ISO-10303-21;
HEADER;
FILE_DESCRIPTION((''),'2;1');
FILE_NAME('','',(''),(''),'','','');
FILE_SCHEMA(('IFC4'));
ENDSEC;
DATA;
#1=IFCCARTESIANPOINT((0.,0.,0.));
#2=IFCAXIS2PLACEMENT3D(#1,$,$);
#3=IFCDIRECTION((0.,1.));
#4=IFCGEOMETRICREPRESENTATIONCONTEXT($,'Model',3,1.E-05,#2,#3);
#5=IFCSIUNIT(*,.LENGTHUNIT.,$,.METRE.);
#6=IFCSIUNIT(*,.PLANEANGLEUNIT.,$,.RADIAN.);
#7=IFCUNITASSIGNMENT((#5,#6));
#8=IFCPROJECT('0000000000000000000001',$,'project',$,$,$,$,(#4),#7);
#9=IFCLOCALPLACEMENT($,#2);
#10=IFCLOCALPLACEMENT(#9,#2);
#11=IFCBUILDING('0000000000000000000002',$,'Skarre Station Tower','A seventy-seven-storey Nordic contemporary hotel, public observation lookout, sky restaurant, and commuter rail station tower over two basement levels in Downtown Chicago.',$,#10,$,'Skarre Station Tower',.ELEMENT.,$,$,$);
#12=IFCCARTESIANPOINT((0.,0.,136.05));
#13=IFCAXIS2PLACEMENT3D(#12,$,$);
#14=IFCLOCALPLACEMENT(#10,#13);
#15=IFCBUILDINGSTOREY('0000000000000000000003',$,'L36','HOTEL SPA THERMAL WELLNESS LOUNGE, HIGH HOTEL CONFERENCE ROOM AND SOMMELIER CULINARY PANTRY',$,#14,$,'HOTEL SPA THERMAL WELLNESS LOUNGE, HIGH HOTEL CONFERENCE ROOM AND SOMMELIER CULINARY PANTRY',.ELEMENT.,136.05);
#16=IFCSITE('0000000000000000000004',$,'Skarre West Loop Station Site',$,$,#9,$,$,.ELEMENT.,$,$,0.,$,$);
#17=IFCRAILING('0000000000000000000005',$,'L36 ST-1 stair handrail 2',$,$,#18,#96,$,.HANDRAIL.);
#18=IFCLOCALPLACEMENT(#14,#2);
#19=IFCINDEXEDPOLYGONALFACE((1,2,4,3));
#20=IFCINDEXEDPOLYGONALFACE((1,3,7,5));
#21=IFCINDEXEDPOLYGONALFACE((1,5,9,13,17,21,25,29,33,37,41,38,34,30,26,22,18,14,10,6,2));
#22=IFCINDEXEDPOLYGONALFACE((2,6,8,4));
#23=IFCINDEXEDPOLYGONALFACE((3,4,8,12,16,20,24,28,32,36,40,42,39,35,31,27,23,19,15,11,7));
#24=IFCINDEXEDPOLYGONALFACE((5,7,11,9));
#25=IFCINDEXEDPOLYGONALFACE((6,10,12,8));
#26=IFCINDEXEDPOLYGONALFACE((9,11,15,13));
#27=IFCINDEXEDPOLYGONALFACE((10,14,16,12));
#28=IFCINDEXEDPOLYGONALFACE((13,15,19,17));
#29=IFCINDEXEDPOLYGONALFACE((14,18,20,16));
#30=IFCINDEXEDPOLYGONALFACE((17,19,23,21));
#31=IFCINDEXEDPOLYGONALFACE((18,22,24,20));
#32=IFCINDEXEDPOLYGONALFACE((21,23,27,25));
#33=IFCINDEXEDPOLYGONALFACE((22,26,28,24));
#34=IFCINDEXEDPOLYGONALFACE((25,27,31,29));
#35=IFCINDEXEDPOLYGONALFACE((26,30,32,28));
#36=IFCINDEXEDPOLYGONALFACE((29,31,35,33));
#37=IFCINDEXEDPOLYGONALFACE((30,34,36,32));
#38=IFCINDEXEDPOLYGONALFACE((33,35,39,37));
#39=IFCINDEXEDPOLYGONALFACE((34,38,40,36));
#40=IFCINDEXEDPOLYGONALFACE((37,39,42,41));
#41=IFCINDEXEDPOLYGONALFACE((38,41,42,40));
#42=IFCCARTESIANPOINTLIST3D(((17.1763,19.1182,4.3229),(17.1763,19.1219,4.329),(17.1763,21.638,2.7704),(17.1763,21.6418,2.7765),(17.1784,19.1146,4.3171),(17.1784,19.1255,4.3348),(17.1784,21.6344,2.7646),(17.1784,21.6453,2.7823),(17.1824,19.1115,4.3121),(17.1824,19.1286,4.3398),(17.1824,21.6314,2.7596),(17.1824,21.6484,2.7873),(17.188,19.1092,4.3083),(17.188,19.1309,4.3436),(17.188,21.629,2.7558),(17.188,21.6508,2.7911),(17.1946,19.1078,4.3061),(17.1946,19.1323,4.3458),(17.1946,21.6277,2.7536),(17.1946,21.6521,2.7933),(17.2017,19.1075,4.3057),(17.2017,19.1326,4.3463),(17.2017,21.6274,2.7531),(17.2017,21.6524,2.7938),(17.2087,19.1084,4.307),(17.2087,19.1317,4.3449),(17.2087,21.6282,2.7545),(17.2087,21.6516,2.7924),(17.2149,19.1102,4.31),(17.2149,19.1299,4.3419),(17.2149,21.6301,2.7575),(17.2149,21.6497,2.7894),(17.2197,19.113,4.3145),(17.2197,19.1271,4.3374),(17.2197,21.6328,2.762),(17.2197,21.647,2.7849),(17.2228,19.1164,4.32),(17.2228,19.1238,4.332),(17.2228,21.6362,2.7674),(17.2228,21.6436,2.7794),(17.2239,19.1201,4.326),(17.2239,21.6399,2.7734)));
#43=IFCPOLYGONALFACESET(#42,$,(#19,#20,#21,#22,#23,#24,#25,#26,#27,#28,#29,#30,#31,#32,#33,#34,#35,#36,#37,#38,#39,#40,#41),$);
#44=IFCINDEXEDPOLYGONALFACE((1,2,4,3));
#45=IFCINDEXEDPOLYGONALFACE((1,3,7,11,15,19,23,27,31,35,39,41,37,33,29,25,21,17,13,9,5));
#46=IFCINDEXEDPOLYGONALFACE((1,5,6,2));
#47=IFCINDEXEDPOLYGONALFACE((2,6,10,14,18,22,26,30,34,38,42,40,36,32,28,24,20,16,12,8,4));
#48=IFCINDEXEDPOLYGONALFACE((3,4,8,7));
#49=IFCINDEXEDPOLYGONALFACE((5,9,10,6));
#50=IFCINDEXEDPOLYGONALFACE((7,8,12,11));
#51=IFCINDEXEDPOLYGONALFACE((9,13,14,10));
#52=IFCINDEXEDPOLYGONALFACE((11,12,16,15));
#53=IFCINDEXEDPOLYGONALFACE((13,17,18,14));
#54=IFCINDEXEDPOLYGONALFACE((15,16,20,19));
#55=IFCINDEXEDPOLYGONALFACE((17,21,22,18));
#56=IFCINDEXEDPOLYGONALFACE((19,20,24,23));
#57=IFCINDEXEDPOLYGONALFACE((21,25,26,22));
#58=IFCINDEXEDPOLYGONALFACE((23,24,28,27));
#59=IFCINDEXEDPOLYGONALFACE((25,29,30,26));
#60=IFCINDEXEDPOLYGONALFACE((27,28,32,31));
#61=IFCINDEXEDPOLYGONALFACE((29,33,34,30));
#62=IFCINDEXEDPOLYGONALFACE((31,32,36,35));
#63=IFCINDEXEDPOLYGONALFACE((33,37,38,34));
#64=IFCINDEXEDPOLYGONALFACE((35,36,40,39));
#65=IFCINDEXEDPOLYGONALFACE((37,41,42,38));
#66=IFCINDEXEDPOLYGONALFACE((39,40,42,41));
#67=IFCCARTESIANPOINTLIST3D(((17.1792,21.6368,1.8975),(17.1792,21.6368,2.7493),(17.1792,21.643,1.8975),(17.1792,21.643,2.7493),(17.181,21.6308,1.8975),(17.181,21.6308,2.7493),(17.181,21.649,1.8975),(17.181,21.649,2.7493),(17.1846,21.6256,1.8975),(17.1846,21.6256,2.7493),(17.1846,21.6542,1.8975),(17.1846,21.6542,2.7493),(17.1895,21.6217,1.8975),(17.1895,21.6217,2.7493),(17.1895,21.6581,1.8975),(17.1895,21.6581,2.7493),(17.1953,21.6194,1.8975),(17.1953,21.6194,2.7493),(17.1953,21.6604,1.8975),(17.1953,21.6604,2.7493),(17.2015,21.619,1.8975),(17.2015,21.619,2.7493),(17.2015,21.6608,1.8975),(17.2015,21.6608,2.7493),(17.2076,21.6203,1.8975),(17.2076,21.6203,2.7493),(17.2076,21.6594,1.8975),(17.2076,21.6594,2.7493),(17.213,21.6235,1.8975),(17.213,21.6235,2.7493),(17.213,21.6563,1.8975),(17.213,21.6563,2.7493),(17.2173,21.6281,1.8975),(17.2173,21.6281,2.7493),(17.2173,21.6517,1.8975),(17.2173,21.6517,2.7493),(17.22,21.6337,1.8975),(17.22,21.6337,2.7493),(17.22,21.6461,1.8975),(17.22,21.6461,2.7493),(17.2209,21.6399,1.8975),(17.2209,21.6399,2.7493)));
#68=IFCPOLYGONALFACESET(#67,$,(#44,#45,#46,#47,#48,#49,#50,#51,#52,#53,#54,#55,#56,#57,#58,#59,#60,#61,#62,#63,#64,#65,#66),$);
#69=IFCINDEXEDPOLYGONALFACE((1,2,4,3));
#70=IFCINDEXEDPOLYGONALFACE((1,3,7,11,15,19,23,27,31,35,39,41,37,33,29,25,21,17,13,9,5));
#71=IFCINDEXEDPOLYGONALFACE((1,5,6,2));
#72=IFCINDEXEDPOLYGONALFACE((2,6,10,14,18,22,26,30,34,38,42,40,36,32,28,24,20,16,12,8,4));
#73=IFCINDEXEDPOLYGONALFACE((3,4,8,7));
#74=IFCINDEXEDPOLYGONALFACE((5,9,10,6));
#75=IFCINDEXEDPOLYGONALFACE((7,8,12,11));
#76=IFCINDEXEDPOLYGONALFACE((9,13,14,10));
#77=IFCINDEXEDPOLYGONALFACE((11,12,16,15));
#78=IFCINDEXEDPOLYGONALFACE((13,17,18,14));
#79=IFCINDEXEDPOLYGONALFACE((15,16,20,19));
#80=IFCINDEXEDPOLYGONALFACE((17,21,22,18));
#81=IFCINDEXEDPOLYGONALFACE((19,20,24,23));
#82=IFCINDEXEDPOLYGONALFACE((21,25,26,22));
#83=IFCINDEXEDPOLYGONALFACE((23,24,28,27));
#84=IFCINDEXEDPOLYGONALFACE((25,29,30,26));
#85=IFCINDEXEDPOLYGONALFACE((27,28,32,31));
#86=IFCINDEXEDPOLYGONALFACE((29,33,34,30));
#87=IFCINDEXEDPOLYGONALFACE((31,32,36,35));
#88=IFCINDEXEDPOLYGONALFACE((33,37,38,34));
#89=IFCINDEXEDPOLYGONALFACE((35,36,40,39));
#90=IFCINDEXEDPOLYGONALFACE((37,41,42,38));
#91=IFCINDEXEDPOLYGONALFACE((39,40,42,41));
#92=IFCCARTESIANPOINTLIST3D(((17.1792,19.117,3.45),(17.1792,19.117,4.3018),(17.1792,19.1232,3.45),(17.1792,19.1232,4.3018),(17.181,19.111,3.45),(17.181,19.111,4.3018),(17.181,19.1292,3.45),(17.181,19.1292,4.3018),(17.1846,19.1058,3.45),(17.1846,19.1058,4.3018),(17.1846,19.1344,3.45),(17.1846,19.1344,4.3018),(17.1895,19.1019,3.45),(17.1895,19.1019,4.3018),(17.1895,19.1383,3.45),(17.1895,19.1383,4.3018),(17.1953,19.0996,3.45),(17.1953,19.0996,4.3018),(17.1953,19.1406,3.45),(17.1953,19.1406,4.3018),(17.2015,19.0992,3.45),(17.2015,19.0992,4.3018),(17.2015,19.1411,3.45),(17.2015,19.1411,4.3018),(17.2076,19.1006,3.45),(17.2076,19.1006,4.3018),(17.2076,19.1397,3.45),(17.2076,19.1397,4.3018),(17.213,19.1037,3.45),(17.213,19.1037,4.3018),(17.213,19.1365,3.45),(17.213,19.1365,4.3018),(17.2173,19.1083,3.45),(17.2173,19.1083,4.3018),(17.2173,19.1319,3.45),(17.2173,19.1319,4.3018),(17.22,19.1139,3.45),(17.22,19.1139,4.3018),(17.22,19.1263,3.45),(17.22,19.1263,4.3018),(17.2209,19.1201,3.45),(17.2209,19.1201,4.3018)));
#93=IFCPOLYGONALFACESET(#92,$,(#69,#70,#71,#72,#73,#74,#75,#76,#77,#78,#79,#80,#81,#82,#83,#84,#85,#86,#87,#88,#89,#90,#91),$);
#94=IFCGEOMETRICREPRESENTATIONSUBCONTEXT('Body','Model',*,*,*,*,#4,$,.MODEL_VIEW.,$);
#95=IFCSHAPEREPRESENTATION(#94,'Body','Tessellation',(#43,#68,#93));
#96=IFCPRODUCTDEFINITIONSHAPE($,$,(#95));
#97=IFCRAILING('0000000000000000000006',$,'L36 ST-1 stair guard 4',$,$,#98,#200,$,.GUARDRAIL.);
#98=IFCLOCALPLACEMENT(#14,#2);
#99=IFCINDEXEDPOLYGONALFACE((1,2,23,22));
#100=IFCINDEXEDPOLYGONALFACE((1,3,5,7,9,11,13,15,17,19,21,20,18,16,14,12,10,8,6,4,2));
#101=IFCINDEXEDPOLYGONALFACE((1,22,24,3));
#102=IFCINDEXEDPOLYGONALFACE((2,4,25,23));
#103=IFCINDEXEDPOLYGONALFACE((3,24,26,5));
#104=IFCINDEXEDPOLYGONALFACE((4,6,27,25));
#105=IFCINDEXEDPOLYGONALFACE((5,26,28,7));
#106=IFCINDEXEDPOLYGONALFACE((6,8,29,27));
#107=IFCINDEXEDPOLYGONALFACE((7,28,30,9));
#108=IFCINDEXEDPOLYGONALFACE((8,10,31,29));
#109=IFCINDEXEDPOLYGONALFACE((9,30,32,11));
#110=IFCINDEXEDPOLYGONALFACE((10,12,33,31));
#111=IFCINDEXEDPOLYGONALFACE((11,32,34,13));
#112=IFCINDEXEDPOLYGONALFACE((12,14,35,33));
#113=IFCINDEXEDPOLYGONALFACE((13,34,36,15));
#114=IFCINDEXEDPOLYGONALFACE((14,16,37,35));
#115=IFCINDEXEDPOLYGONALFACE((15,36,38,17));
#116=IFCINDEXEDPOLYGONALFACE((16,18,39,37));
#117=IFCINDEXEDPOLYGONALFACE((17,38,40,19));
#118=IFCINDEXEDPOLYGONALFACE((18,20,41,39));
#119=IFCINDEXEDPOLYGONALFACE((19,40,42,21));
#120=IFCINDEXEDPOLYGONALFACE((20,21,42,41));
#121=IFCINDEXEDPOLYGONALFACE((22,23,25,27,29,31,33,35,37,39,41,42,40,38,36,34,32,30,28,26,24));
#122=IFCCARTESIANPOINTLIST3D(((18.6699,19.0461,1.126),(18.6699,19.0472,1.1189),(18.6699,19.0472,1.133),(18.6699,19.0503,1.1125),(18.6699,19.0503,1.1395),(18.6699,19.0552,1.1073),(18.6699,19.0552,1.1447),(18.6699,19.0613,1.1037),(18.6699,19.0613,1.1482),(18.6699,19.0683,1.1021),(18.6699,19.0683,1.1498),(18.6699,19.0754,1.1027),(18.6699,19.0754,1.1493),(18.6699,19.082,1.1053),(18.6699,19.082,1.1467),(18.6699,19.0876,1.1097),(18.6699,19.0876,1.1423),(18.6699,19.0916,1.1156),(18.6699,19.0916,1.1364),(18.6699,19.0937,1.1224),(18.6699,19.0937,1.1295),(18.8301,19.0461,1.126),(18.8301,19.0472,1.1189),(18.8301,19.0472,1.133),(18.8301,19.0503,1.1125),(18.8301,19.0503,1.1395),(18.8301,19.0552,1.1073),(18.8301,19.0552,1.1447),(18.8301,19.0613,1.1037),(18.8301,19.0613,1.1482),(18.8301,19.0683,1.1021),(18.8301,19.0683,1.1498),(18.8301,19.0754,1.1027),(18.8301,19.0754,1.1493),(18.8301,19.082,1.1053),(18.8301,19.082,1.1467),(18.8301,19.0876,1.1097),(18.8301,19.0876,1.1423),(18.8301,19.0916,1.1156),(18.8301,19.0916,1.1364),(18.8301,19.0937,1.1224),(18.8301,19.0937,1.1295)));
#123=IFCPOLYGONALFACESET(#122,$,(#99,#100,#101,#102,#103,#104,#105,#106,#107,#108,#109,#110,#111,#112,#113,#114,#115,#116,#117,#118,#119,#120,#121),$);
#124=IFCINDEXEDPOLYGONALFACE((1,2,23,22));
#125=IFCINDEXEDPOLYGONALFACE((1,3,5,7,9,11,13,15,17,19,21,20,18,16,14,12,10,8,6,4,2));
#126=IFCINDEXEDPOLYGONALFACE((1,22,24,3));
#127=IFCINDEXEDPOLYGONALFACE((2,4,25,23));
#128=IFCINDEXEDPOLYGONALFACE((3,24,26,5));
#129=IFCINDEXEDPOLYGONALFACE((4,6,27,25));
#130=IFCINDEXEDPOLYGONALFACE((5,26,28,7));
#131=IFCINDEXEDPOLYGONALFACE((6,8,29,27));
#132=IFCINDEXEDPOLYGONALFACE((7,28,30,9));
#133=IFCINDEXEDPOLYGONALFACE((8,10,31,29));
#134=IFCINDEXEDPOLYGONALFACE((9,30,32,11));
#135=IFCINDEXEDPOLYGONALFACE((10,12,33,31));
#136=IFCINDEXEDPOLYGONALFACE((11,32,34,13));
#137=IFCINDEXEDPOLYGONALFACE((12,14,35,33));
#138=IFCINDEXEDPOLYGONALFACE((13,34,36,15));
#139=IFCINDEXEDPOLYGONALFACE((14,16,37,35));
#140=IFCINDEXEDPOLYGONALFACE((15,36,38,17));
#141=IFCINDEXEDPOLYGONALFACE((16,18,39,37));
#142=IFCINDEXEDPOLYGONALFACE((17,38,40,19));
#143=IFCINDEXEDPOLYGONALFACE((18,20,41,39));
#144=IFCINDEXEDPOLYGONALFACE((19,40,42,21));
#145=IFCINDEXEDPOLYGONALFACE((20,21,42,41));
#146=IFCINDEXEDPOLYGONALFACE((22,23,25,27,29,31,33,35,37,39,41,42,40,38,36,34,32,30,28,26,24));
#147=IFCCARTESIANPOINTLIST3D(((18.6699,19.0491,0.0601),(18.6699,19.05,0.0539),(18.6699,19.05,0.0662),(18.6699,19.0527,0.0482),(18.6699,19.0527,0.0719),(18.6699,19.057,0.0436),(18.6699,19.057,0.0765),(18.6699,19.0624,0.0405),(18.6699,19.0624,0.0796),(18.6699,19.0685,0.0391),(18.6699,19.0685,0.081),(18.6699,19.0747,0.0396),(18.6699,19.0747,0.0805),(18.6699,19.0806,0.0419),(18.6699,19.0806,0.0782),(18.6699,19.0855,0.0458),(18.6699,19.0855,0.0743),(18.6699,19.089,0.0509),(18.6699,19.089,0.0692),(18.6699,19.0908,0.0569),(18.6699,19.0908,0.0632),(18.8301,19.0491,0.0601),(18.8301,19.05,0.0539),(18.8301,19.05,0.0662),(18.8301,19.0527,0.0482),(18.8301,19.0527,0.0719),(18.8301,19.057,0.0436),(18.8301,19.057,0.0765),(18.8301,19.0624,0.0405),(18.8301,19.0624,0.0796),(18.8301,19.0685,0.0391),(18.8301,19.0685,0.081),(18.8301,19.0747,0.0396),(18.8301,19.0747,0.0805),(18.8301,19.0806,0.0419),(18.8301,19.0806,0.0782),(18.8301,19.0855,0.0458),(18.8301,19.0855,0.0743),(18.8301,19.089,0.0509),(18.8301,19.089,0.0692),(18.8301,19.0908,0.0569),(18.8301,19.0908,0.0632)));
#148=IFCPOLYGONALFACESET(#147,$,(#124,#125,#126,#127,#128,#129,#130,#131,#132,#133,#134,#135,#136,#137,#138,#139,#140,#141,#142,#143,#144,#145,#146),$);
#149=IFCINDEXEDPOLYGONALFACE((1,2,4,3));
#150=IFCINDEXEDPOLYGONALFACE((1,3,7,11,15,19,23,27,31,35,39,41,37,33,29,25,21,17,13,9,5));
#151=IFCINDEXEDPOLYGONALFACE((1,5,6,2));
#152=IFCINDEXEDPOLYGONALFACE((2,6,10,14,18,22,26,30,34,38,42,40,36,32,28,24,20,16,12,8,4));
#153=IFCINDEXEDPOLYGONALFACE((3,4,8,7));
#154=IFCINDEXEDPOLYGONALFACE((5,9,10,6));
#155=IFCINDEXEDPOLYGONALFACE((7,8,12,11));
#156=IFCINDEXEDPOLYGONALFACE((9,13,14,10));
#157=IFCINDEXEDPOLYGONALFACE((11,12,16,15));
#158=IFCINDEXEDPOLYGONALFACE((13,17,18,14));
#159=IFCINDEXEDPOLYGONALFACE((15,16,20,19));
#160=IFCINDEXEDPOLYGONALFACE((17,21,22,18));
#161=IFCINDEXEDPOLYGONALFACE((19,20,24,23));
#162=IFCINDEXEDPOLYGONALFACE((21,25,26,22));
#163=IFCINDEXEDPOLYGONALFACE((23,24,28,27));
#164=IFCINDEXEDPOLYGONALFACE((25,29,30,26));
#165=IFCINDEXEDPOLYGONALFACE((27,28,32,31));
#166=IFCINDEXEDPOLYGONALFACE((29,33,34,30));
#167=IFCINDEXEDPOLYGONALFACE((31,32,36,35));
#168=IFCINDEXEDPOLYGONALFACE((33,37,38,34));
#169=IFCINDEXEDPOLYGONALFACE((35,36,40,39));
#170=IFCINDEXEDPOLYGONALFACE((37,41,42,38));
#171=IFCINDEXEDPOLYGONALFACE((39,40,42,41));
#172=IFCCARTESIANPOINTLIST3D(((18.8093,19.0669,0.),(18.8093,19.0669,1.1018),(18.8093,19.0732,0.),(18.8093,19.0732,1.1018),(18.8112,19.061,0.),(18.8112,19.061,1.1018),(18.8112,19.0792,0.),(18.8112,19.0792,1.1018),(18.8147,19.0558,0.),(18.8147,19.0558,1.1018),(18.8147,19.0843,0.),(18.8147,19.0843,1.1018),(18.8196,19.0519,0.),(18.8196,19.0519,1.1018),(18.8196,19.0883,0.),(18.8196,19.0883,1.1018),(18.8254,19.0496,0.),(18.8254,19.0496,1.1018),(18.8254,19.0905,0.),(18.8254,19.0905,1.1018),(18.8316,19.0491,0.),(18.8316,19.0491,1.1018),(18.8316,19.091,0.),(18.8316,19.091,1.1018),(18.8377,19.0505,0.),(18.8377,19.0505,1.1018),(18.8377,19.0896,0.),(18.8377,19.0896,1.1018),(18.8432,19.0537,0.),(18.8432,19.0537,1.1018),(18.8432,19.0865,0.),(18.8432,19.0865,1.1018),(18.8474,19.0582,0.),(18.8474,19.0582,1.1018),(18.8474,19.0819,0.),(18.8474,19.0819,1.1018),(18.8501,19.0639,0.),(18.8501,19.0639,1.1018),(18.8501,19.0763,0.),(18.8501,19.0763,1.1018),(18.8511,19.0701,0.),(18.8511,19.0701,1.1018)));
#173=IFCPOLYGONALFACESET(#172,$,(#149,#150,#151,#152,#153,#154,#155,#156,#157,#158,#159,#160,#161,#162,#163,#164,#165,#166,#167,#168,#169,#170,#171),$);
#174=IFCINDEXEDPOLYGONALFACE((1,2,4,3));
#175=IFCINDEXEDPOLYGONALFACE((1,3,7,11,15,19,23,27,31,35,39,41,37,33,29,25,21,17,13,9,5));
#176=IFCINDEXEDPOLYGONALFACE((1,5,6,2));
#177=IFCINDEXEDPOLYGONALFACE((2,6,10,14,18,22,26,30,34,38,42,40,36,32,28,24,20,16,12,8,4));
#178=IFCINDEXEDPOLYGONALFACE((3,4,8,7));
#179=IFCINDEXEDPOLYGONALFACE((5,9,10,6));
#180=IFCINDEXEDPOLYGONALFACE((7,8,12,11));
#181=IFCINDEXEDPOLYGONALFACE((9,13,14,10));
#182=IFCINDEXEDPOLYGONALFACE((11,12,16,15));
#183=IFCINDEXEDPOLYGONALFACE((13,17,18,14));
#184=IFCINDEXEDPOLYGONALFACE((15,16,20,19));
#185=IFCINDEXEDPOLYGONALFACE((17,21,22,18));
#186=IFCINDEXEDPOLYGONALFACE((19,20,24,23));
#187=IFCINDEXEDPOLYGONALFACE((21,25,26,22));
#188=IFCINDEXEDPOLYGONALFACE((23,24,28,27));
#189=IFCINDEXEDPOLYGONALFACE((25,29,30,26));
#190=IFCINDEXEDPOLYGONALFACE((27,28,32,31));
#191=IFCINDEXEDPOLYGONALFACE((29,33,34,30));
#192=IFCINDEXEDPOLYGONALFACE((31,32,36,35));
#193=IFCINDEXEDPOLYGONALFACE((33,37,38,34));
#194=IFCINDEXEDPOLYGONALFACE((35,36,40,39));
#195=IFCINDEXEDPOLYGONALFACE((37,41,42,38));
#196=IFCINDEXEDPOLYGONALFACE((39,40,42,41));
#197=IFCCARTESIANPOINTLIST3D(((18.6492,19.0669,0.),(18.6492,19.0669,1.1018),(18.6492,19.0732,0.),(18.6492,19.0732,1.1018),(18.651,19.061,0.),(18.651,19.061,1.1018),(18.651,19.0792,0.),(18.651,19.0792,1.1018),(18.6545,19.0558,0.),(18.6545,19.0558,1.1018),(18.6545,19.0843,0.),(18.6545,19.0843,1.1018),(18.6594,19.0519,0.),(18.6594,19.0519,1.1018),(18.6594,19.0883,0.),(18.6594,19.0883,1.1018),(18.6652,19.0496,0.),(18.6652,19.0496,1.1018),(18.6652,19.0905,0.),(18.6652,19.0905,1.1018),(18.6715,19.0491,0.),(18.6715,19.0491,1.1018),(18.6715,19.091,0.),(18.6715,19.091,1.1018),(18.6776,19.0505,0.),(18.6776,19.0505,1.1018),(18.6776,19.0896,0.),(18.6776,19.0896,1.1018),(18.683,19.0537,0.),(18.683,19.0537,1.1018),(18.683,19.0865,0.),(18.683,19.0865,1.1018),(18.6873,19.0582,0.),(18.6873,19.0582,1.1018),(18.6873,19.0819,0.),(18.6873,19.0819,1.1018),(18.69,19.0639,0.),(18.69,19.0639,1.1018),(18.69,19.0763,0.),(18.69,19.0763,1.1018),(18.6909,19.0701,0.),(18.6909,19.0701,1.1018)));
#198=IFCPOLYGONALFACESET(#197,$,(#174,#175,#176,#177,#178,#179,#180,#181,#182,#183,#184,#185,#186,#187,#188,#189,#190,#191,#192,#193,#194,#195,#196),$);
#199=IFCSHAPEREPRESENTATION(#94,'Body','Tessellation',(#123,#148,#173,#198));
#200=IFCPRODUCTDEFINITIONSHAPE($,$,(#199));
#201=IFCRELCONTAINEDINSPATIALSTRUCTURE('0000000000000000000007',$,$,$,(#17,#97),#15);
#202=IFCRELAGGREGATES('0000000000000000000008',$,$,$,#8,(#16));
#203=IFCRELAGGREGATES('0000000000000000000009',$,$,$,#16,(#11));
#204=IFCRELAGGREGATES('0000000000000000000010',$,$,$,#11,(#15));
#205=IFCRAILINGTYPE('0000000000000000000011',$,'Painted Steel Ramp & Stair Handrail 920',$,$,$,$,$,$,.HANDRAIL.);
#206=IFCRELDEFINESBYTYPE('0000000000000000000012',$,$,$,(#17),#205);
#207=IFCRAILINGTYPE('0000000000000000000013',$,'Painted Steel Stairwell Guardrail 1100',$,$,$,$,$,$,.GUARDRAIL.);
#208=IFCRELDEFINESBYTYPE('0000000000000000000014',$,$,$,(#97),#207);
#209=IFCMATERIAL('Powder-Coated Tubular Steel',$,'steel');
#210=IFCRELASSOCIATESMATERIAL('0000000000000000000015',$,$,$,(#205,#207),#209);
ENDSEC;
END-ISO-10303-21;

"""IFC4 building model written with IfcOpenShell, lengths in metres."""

from ifc_helpers import new_model, si_unit, direction, frame, origin, origin_2d, place, context, subcontext, project, spatial, circle, extrude, material, type_object, element, save


model = new_model("IFC4")

# Units and contexts
model_context = context("Model", 3, precision=1e-05, world=origin(), true_north=direction((0.0, 1.0)))
body_context = subcontext(model_context, "Body", "Model", "MODEL_VIEW")
ifc_project = project(units=[si_unit("LENGTHUNIT", "METRE"), si_unit("PLANEANGLEUNIT", "RADIAN")], contexts=[model_context])

# Site, building, storey
site_placement = place(None, origin())
site = spatial("IfcSite", under=ifc_project, at=site_placement, Name="Skarre West Loop Station Site", CompositionType="ELEMENT", RefElevation=0.0)
building_placement = place(site_placement, origin())
building = spatial("IfcBuilding", under=site, at=building_placement, Name="Skarre Station Tower", Description="A seventy-seven-storey Nordic contemporary hotel, public observation lookout, sky restaurant, and commuter rail station tower over two basement levels in Downtown Chicago.", LongName="Skarre Station Tower", CompositionType="ELEMENT")
storey_placement = place(building_placement, frame((0.0, 0.0, 136.05)))
storey = spatial("IfcBuildingStorey", under=building, at=storey_placement, Name="L36", Description="HOTEL SPA THERMAL WELLNESS LOUNGE, HIGH HOTEL CONFERENCE ROOM AND SOMMELIER CULINARY PANTRY", LongName="HOTEL SPA THERMAL WELLNESS LOUNGE, HIGH HOTEL CONFERENCE ROOM AND SOMMELIER CULINARY PANTRY", CompositionType="ELEMENT", Elevation=136.05)

# Railings
ifc_material_1 = material(Name="Powder-Coated Tubular Steel", Category="steel")
railing_type_1 = type_object("IfcRailingType", Name="Painted Steel Ramp & Stair Handrail 920", PredefinedType="HANDRAIL", material=ifc_material_1)
railing_1_placement = place(storey_placement, frame((17.2, 21.6399, 1.8975)))
element("IfcRailing", 1, at=railing_1_placement, inside=storey, type_object=railing_type_1, Name="L36 ST-1 stair handrail 2", PredefinedType="HANDRAIL", context=body_context, shape_type="SweptSolid", body=[
    extrude(circle(Radius=0.0239, at=origin_2d()), frame((0.0, 0.0, 0.876), z_axis=(0.0, -0.851378, 0.524553), x_axis=(1.0, 0.0, 0.0)), (0.0, 0.0, 1.0), 2.9597),
    extrude(circle(Radius=0.021, at=origin_2d()), origin(), (0.0, 0.0, 1.0), 0.8518),
    extrude(circle(Radius=0.021, at=origin_2d()), frame((0.0, -2.5198, 1.5525)), (0.0, 0.0, 1.0), 0.8518),
])
railing_type_2 = type_object("IfcRailingType", Name="Painted Steel Stairwell Guardrail 1100", PredefinedType="GUARDRAIL", material=ifc_material_1)
railing_2_placement = place(storey_placement, frame((18.8301, 19.0701, 0.0)))
element("IfcRailing", 2, at=railing_2_placement, inside=storey, type_object=railing_type_2, Name="L36 ST-1 stair guard 4", PredefinedType="GUARDRAIL", context=body_context, shape_type="SweptSolid", body=[
    extrude(circle(Radius=0.0239, at=origin_2d()), frame((0.0, 0.0, 1.126), z_axis=(-1.0, 0.0, 0.0), x_axis=(0.0, -1.0, 0.0)), (0.0, 0.0, 1.0), 0.1602),
    extrude(circle(Radius=0.021, at=origin_2d()), frame((0.0, 0.0, 0.0601), z_axis=(-1.0, 0.0, 0.0), x_axis=(0.0, -1.0, 0.0)), (0.0, 0.0, 1.0), 0.1602),
    extrude(circle(Radius=0.021, at=origin_2d()), origin(), (0.0, 0.0, 1.0), 1.1018),
    extrude(circle(Radius=0.021, at=origin_2d()), frame((-0.1602, 0.0, 0.0)), (0.0, 0.0, 1.0), 1.1018),
])

save(model, "model.ifc")
